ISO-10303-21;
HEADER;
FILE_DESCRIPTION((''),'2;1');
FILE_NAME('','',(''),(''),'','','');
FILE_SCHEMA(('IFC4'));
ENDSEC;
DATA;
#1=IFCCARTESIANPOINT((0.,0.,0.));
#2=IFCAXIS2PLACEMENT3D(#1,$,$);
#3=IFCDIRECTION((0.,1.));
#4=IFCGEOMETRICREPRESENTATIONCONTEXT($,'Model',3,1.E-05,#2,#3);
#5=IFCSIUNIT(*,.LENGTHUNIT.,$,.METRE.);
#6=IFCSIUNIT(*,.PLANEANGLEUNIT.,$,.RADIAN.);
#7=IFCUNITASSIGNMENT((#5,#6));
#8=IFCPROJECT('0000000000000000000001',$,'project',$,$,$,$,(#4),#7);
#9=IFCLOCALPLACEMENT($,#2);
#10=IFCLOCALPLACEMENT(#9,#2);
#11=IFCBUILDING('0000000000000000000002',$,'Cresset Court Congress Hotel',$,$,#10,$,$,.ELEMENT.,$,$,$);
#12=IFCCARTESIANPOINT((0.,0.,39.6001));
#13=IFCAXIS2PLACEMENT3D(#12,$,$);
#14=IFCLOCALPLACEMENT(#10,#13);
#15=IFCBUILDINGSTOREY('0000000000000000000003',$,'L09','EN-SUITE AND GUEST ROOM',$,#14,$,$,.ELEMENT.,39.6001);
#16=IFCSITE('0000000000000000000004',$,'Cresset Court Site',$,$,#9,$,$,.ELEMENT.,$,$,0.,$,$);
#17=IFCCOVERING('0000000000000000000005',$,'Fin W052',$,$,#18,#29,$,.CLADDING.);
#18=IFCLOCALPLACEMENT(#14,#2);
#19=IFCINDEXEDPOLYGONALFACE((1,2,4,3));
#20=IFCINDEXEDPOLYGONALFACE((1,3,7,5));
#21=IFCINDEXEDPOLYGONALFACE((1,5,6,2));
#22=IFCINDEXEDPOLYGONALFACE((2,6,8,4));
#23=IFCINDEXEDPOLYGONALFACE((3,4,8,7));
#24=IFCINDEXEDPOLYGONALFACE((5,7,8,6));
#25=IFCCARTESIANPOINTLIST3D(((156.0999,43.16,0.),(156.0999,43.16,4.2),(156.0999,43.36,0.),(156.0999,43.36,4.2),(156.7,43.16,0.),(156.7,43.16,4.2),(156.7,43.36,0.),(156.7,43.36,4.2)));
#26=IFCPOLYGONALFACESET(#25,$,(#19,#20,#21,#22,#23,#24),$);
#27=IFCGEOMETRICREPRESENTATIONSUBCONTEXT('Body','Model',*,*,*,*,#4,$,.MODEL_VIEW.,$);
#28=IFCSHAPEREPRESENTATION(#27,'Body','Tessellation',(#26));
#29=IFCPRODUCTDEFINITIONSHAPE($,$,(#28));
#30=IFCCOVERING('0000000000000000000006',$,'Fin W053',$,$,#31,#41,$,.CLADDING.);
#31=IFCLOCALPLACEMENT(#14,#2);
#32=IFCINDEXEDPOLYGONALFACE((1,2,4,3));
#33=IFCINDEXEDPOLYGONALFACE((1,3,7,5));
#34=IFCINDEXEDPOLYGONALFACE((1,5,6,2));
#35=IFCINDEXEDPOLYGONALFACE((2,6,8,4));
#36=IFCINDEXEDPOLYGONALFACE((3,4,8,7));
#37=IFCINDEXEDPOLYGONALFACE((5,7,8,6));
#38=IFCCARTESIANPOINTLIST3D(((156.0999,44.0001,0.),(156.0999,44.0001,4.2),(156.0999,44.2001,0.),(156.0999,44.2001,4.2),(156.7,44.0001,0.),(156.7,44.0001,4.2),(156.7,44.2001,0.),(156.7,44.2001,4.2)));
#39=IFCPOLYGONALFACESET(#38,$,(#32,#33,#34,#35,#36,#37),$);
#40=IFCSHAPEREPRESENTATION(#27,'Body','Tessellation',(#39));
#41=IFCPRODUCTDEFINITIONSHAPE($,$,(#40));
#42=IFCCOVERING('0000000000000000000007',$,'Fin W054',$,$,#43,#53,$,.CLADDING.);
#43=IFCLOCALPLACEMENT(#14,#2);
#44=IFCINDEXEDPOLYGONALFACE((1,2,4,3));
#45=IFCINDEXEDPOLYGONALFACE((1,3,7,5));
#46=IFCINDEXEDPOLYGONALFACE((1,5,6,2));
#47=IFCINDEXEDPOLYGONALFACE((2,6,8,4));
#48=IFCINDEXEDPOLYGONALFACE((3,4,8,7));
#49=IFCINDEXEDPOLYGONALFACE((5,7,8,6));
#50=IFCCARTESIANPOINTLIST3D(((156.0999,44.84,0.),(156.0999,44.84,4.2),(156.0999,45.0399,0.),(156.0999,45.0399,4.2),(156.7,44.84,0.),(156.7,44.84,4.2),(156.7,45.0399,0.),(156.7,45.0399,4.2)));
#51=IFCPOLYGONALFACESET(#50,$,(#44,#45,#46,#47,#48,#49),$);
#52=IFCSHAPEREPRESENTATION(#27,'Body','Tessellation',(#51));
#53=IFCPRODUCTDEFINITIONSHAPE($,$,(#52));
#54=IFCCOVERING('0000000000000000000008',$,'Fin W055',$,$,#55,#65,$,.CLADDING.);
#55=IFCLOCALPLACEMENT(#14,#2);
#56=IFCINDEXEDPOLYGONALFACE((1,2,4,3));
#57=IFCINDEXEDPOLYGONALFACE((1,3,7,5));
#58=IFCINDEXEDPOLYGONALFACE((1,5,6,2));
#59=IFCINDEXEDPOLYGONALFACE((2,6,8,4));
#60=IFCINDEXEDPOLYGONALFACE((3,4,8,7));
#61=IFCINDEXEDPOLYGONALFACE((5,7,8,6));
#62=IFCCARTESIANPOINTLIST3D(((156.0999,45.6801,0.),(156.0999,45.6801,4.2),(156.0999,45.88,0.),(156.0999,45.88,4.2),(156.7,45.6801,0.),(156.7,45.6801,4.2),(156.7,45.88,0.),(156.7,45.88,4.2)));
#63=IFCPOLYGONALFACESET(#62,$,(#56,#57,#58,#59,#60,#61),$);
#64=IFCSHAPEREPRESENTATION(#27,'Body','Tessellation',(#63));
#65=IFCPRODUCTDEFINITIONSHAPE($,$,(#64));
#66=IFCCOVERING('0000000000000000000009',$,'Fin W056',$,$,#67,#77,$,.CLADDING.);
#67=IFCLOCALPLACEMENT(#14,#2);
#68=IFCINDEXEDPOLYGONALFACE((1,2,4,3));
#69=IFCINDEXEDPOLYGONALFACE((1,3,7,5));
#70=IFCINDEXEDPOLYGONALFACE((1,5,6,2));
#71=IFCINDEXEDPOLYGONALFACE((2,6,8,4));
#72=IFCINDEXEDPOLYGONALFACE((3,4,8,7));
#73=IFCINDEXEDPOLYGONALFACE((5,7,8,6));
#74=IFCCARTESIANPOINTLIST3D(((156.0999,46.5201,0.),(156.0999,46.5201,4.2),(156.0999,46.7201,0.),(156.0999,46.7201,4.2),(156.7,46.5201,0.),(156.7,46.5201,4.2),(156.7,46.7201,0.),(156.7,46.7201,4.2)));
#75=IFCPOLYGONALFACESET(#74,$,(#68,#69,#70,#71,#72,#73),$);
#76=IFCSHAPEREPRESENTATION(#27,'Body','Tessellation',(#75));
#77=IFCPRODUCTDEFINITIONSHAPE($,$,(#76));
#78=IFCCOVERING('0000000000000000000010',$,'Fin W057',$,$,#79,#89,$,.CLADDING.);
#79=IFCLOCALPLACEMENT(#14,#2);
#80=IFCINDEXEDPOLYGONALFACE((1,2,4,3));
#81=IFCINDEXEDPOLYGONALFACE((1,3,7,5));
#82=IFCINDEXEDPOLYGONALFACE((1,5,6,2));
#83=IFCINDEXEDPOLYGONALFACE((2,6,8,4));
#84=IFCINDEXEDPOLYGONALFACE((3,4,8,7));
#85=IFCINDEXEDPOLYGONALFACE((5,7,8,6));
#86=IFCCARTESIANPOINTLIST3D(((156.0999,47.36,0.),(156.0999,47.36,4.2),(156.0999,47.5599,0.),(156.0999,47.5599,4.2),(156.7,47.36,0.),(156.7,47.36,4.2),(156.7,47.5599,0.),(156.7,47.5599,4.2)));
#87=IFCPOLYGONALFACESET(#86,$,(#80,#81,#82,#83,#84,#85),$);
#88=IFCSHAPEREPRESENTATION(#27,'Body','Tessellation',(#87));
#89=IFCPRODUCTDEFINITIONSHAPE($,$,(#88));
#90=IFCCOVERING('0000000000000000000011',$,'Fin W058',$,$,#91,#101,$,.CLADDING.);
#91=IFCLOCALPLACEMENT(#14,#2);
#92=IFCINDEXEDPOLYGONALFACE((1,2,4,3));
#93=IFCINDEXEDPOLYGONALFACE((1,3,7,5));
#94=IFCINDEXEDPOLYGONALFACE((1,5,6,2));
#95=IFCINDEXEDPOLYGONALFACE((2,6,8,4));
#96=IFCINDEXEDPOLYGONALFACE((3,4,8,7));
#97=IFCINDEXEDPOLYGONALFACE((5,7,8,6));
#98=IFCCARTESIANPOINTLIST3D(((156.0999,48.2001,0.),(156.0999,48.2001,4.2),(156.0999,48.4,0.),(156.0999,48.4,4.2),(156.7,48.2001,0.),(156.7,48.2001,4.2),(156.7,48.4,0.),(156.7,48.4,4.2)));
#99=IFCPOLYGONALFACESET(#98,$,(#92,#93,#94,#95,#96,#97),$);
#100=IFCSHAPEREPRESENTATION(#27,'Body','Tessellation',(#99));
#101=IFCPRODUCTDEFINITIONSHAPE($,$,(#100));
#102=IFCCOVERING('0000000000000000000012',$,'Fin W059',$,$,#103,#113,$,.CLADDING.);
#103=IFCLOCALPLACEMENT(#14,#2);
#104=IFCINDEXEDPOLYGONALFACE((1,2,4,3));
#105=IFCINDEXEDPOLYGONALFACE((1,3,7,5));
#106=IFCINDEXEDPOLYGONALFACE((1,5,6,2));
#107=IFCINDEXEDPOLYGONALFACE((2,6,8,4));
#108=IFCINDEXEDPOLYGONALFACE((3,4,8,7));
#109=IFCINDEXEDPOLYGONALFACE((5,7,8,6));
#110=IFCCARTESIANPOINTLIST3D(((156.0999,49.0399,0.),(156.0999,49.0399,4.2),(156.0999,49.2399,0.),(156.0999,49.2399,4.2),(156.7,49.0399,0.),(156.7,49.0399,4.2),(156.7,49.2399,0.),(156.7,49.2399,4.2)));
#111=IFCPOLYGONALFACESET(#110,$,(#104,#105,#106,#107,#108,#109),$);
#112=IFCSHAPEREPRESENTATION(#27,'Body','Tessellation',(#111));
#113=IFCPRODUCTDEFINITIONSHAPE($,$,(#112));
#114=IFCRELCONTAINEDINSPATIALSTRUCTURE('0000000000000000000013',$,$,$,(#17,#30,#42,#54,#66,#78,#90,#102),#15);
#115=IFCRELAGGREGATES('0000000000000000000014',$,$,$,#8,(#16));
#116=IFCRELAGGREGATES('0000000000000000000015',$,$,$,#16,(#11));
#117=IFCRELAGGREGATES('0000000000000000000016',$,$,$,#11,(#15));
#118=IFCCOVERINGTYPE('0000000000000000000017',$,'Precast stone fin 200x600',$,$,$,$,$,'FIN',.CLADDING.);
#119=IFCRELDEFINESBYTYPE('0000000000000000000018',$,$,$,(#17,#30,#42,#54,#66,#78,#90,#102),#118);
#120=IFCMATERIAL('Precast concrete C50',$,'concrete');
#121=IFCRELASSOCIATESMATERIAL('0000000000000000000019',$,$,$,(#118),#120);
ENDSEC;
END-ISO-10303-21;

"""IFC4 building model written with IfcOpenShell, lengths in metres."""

from ifc_helpers import new_model, si_unit, direction, frame, origin, origin_2d, place, context, subcontext, project, spatial, rectangle, extrude, material, type_object, element, save


model = new_model("IFC4")

# Units and contexts
model_context = context("Model", 3, precision=1e-05, world=origin(), true_north=direction((0.0, 1.0)))
body_context = subcontext(model_context, "Body", "Model", "MODEL_VIEW")
ifc_project = project(units=[si_unit("LENGTHUNIT", "METRE"), si_unit("PLANEANGLEUNIT", "RADIAN")], contexts=[model_context])

# Site, building, storey
site_placement = place(None, origin())
site = spatial("IfcSite", under=ifc_project, at=site_placement, Name="Cresset Court Site", CompositionType="ELEMENT", RefElevation=0.0)
building_placement = place(site_placement, origin())
building = spatial("IfcBuilding", under=site, at=building_placement, Name="Cresset Court Congress Hotel", CompositionType="ELEMENT")
storey_placement = place(building_placement, frame((0.0, 0.0, 39.6001)))
storey = spatial("IfcBuildingStorey", under=building, at=storey_placement, Name="L09", Description="EN-SUITE AND GUEST ROOM", CompositionType="ELEMENT", Elevation=39.6001)

# Coverings
ifc_material_1 = material(Name="Precast concrete C50", Category="concrete")
covering_type = type_object("IfcCoveringType", Name="Precast stone fin 200x600", ElementType="FIN", PredefinedType="CLADDING", material=ifc_material_1)
for number, where, z_axis, x_axis, name in (
    (1, (156.3999, 43.26, 0.0), (0.0, 0.0, 1.0), (1.0, 0.0, 0.0), "Fin W052"),
    (2, (156.3999, 44.1001, 0.0), (0.0, 0.0, 1.0), (1.0, 0.0, 0.0), "Fin W053"),
    (3, (156.3999, 44.9399, 0.0), (0.0, 0.0, 1.0), (1.0, 0.0, 0.0), "Fin W054"),
    (4, (156.3999, 45.78, 0.0), (0.0, 0.0, 1.0), (1.0, 0.0, 0.0), "Fin W055"),
    (5, (156.3999, 46.6201, 0.0), (0.0, 0.0, 1.0), (1.0, 0.0, 0.0), "Fin W056"),
    (6, (156.3999, 47.46, 0.0), (0.0, 0.0, 1.0), (1.0, 0.0, 0.0), "Fin W057"),
    (7, (156.3999, 48.3, 0.0), (0.0, 0.0, 1.0), (1.0, 0.0, 0.0), "Fin W058"),
    (8, (156.3999, 49.1399, 0.0), (0.0, 0.0, 1.0), (1.0, 0.0, 0.0), "Fin W059"),
):
    element("IfcCovering", number, at=place(storey_placement, frame(where, z_axis=z_axis, x_axis=x_axis)), inside=storey, type_object=covering_type, Name=name, PredefinedType="CLADDING", context=body_context, shape_type="SweptSolid", body=[
        extrude(rectangle(XDim=0.6001, YDim=0.2, at=origin_2d()), origin(), (0.0, 0.0, 1.0), 4.2),
    ])

save(model, "model.ifc")
